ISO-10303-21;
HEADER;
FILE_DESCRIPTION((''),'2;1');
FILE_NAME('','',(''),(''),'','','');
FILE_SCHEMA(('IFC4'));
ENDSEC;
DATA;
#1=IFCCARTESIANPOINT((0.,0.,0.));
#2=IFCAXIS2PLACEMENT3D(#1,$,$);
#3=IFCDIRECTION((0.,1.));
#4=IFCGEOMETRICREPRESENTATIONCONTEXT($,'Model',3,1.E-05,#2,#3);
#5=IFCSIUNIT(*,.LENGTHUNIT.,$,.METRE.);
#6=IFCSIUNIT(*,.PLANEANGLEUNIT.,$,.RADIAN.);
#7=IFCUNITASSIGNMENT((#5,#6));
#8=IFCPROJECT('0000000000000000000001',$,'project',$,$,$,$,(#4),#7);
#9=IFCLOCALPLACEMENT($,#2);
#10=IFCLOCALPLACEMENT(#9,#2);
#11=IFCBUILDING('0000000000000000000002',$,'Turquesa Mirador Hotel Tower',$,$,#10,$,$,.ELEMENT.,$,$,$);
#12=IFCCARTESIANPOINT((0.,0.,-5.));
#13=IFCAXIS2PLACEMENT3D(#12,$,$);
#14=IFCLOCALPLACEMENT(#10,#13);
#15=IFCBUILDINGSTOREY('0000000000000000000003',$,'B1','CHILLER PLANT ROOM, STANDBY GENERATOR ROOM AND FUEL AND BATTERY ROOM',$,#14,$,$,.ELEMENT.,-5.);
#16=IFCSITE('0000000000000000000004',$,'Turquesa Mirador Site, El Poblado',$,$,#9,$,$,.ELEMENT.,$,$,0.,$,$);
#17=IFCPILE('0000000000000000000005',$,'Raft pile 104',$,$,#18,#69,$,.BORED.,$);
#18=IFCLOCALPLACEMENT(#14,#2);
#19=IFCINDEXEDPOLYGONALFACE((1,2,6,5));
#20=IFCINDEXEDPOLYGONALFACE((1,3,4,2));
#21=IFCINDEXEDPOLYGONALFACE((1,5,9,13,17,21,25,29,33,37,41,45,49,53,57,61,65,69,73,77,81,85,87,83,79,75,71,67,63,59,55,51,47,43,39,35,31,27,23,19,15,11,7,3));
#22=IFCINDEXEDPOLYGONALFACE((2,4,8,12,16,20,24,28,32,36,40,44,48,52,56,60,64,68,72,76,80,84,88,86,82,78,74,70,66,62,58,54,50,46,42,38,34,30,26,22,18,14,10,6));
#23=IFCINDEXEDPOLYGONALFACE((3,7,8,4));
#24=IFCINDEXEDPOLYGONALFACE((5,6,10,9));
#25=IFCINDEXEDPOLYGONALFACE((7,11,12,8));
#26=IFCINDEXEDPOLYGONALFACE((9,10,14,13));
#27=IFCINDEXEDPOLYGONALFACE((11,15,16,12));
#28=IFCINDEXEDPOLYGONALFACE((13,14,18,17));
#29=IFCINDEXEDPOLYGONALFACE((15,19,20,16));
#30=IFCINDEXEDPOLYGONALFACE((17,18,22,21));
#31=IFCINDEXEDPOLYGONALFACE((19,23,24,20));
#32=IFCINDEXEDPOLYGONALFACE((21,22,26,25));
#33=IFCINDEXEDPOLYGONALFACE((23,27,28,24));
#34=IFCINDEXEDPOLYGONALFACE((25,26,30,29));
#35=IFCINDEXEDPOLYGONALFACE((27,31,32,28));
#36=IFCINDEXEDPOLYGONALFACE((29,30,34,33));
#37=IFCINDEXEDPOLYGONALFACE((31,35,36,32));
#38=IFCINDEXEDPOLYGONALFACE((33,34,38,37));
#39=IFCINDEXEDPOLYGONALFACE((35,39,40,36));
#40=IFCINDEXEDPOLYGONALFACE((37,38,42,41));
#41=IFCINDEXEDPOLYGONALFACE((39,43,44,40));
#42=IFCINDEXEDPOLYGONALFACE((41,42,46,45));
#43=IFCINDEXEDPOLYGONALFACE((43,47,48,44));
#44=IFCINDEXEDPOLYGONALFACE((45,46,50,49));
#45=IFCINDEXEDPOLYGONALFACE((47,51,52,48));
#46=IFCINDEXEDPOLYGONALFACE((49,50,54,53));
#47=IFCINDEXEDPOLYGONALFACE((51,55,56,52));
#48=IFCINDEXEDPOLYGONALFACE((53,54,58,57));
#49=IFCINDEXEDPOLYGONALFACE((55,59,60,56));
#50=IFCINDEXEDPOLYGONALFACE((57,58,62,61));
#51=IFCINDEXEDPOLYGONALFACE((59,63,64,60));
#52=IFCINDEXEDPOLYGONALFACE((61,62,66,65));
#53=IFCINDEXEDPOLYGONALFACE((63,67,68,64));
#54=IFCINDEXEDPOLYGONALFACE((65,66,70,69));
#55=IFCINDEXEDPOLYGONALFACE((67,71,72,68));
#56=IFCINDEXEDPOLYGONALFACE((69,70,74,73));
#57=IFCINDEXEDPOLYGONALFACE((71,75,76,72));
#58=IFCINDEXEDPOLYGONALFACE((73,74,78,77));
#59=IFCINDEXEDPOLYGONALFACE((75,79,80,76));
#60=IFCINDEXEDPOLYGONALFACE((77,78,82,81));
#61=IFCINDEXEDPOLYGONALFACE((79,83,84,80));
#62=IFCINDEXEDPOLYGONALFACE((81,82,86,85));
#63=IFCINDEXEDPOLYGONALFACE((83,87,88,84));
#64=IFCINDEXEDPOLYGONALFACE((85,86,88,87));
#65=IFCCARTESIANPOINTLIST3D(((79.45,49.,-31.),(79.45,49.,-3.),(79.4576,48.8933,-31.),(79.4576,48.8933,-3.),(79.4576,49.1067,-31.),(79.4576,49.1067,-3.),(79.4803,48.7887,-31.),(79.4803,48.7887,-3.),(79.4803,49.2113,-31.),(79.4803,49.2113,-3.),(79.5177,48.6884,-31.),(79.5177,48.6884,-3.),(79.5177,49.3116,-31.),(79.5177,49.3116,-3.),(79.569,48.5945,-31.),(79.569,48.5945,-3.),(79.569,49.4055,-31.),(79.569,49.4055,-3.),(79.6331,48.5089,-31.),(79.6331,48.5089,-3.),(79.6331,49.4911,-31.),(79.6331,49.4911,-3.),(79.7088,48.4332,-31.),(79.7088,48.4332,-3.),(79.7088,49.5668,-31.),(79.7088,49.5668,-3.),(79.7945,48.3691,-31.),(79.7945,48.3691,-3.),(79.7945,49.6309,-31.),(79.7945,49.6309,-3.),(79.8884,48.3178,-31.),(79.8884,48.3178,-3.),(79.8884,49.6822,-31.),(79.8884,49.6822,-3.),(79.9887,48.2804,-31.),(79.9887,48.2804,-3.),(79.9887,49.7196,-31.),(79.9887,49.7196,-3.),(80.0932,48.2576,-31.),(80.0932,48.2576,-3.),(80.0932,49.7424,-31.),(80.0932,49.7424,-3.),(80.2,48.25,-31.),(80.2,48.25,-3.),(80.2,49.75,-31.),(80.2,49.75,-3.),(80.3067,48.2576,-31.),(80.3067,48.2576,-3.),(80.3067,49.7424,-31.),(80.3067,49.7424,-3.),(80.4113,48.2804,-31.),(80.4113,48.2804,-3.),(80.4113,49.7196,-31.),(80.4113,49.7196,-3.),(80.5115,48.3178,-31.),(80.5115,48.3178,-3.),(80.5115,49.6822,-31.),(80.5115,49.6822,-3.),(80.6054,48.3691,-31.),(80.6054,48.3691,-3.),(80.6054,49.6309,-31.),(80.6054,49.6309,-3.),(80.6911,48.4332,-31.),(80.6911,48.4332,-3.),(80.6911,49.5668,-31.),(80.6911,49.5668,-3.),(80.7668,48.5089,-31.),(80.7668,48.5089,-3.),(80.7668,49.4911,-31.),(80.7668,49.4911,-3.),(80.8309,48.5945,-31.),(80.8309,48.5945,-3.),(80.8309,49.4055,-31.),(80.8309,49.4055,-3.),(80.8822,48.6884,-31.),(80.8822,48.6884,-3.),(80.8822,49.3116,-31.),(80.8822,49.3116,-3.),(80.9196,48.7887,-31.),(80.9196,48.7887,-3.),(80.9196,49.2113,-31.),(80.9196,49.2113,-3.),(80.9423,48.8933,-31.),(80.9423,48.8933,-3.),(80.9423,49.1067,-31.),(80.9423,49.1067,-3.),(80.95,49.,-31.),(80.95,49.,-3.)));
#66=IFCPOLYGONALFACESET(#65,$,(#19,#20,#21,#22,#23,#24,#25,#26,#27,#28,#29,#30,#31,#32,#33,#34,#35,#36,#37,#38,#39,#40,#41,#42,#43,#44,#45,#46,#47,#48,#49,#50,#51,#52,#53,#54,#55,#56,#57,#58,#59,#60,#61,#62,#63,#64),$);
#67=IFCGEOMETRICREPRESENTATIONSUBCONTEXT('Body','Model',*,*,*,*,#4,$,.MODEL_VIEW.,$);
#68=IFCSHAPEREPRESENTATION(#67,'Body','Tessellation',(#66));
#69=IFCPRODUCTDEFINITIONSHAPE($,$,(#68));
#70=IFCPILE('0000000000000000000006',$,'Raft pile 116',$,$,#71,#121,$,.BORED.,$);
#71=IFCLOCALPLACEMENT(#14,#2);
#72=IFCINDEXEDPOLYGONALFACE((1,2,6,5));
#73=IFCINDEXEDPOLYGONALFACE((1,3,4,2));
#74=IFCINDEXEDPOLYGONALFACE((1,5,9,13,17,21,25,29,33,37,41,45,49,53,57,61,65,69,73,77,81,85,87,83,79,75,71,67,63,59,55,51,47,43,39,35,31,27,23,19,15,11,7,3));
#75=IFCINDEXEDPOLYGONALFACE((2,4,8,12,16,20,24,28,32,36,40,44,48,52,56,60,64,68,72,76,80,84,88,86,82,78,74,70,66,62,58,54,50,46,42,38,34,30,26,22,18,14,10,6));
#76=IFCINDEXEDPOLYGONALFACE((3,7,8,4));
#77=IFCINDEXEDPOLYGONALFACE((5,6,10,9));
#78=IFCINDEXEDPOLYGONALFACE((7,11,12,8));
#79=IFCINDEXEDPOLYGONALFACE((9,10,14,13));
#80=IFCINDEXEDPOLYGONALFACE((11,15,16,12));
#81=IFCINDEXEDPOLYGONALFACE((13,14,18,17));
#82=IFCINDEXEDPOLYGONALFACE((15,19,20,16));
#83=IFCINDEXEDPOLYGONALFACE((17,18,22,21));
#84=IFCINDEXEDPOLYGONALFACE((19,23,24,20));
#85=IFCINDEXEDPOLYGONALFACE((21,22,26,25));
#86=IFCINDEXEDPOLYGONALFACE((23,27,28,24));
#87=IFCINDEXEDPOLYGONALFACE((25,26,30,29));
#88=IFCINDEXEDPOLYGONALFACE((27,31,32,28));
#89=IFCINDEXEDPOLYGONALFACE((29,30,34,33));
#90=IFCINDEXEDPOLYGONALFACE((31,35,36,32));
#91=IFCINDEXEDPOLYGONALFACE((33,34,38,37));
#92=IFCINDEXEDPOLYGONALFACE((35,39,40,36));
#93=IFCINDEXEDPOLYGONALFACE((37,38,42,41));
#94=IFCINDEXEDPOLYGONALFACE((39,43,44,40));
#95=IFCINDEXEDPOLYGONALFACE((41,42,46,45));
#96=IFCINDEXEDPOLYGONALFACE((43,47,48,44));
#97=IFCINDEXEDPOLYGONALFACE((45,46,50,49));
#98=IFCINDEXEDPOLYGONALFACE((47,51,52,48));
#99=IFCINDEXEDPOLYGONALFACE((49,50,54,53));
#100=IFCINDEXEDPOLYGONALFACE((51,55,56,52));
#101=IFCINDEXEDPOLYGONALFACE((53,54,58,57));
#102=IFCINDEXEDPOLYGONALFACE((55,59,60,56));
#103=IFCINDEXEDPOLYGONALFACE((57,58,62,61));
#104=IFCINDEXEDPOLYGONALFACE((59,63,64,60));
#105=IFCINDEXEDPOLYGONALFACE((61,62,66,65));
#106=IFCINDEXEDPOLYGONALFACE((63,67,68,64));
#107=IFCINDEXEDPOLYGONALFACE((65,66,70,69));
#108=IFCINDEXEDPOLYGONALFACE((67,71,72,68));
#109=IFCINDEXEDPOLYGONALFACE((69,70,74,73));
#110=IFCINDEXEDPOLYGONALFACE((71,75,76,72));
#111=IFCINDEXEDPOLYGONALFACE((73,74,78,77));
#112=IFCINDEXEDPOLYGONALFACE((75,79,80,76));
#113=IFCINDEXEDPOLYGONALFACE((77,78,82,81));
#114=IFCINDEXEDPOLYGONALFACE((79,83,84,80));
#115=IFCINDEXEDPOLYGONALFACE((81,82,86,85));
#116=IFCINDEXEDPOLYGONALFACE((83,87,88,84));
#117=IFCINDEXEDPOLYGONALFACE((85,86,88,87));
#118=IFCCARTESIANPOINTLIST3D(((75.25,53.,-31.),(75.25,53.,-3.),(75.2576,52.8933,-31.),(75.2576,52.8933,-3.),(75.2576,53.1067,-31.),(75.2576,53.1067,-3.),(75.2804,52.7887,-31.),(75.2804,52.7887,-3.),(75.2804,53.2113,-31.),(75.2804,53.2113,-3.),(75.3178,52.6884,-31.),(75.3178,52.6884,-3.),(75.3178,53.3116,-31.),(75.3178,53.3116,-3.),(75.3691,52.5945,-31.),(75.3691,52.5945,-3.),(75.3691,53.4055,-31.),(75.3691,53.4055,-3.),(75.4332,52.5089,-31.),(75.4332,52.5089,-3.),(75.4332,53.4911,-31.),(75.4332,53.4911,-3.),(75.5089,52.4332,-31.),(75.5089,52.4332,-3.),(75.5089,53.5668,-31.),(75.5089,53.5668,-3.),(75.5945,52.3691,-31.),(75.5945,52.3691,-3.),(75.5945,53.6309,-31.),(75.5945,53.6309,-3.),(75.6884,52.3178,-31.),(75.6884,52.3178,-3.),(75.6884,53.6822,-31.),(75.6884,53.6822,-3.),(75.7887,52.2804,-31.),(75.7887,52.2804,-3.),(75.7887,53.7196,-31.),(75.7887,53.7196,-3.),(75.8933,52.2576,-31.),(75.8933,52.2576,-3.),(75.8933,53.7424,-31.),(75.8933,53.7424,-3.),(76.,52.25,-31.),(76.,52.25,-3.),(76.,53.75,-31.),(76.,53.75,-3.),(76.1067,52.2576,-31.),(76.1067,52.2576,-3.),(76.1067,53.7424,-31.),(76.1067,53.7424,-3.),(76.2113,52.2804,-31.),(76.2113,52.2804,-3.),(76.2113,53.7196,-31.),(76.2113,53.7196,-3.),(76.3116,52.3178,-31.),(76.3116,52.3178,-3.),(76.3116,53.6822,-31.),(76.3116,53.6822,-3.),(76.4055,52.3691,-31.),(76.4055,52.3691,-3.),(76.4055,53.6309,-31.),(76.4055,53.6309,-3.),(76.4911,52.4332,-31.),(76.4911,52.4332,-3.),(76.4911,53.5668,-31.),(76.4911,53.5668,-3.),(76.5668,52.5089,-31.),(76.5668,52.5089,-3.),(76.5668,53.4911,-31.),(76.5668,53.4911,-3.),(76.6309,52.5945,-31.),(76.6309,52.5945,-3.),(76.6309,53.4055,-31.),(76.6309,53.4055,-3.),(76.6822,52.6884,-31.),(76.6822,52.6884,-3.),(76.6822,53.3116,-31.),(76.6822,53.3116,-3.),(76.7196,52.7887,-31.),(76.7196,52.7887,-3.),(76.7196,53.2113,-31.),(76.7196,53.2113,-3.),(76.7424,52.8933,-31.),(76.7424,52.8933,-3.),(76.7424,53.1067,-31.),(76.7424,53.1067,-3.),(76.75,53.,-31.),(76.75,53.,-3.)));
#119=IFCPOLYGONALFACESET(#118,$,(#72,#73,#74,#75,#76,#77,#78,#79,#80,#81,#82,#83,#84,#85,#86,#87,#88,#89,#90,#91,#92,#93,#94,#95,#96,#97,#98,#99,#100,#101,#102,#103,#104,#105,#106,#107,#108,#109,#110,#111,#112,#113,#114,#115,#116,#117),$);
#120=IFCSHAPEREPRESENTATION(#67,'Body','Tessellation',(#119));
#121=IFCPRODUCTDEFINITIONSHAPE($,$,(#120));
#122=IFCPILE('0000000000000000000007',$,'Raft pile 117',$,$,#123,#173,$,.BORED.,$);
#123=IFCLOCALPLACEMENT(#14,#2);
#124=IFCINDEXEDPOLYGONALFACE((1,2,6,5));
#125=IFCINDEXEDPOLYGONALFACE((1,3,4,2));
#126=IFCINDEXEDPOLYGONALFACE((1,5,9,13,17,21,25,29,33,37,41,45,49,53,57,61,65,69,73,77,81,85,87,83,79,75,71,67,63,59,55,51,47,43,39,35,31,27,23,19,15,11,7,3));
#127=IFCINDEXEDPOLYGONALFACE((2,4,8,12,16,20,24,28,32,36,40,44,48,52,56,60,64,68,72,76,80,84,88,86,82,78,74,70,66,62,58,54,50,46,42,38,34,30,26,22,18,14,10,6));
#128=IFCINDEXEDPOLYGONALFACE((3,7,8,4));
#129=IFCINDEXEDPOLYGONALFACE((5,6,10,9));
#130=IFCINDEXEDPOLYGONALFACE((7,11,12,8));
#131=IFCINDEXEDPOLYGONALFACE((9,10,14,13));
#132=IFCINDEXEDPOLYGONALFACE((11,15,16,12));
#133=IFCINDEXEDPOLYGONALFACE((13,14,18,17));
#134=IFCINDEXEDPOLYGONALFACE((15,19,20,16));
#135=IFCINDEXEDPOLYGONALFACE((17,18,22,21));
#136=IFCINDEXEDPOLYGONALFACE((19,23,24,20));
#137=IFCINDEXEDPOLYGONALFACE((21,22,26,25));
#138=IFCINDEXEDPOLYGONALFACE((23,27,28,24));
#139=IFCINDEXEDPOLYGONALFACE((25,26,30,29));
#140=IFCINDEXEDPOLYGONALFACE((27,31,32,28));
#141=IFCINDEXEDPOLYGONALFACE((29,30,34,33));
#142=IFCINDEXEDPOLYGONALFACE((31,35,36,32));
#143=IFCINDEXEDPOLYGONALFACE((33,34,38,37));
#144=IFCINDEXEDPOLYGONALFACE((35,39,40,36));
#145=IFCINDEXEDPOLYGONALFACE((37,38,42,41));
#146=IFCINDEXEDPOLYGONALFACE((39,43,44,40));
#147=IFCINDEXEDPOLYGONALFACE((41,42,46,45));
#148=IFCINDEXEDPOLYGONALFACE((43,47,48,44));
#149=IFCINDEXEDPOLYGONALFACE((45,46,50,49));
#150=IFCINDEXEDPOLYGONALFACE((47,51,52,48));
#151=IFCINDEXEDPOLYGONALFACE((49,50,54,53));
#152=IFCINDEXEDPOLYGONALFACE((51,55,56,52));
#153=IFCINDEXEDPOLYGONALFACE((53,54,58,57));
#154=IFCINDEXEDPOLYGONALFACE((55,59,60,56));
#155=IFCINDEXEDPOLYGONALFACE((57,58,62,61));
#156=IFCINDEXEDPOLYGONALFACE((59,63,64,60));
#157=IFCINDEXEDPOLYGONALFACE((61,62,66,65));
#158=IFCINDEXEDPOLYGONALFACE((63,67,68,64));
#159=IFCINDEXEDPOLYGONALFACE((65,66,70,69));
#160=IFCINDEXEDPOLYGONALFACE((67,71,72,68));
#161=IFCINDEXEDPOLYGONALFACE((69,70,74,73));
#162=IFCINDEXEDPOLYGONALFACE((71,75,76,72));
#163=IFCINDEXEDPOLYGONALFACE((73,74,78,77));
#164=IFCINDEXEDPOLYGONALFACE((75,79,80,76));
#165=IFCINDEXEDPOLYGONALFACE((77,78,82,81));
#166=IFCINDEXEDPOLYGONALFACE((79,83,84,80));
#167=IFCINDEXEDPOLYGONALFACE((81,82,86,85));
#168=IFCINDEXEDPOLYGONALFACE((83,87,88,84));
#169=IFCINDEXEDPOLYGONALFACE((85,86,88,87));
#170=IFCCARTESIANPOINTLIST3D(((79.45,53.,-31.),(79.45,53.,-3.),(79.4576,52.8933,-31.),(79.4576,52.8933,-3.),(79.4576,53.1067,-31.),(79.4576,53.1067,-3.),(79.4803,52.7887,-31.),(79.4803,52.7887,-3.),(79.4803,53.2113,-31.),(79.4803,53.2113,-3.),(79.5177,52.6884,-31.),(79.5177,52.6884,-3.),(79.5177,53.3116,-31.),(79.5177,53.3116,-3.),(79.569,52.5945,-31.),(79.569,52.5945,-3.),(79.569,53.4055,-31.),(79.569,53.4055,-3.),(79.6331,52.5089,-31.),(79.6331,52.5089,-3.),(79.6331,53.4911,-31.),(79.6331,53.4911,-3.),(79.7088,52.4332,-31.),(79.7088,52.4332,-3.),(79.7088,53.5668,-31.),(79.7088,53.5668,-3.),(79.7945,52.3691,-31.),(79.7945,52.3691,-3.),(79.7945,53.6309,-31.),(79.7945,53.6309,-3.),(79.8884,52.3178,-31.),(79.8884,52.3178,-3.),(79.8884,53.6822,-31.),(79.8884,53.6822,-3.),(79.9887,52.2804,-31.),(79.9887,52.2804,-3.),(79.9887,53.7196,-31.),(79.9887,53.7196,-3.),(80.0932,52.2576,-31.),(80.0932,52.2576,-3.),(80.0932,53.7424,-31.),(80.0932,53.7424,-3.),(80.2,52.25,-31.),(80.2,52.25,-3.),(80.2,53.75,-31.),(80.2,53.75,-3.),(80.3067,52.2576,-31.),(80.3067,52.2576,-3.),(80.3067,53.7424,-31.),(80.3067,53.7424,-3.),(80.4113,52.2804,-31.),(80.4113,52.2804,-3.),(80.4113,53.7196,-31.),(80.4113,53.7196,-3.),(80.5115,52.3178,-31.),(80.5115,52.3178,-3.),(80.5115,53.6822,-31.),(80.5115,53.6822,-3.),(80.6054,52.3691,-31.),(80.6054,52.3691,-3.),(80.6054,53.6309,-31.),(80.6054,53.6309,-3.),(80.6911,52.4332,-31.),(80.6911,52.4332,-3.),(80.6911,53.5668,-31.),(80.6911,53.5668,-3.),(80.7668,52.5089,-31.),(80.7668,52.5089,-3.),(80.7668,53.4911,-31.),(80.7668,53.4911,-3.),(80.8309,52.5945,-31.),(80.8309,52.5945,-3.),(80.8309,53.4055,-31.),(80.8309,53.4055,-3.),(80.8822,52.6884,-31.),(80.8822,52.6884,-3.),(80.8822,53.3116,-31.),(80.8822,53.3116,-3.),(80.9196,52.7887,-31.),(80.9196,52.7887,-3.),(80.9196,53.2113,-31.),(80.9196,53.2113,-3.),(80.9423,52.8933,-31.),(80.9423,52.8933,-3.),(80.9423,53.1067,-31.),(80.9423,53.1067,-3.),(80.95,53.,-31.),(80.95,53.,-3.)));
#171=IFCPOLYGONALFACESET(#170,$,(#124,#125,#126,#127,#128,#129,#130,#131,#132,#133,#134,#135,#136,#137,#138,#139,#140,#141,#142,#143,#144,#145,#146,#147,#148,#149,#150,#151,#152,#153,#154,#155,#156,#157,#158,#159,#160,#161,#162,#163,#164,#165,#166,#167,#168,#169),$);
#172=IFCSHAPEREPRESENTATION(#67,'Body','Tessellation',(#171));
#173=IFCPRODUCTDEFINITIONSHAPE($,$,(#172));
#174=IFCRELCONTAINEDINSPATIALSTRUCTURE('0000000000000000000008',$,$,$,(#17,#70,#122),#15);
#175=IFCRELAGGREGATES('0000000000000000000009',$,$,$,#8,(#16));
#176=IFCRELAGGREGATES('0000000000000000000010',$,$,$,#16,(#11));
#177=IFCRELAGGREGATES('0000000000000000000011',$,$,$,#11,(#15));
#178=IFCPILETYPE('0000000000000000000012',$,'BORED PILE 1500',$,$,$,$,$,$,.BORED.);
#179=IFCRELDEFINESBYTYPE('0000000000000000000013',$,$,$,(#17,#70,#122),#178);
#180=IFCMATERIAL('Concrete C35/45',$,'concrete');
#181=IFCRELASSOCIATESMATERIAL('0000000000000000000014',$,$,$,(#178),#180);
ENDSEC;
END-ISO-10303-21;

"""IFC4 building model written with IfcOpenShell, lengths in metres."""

from ifc_helpers import new_model, si_unit, direction, frame, origin, origin_2d, place, context, subcontext, project, spatial, circle, extrude, material, type_object, element, save


model = new_model("IFC4")

# Units and contexts
model_context = context("Model", 3, precision=1e-05, world=origin(), true_north=direction((0.0, 1.0)))
body_context = subcontext(model_context, "Body", "Model", "MODEL_VIEW")
ifc_project = project(units=[si_unit("LENGTHUNIT", "METRE"), si_unit("PLANEANGLEUNIT", "RADIAN")], contexts=[model_context])

# Site, building, storey
site_placement = place(None, origin())
site = spatial("IfcSite", under=ifc_project, at=site_placement, Name="Turquesa Mirador Site, El Poblado", CompositionType="ELEMENT", RefElevation=0.0)
building_placement = place(site_placement, origin())
building = spatial("IfcBuilding", under=site, at=building_placement, Name="Turquesa Mirador Hotel Tower", CompositionType="ELEMENT")
storey_placement = place(building_placement, frame((0.0, 0.0, -5.0)))
storey = spatial("IfcBuildingStorey", under=building, at=storey_placement, Name="B1", Description="CHILLER PLANT ROOM, STANDBY GENERATOR ROOM AND FUEL AND BATTERY ROOM", CompositionType="ELEMENT", Elevation=-5.0)

# Piles
ifc_material_1 = material(Name="Concrete C35/45", Category="concrete")
pile_type_1 = type_object("IfcPileType", Name="BORED PILE 1500", PredefinedType="BORED", material=ifc_material_1)
for number, where, z_axis, x_axis, name in (
    (1, (80.2, 49.0, -3.0), (0.0, 0.0, -1.0), (1.0, 0.0, 0.0), "Raft pile 104"),
    (2, (76.0, 53.0, -3.0), (0.0, 0.0, -1.0), (1.0, 0.0, 0.0), "Raft pile 116"),
    (3, (80.2, 53.0, -3.0), (0.0, 0.0, -1.0), (1.0, 0.0, 0.0), "Raft pile 117"),
):
    element("IfcPile", number, at=place(storey_placement, frame(where, z_axis=z_axis, x_axis=x_axis)), inside=storey, type_object=pile_type_1, Name=name, PredefinedType="BORED", context=body_context, shape_type="SweptSolid", body=[
        extrude(circle(Radius=0.75, at=origin_2d()), origin(), (0.0, 0.0, 1.0), 28.0),
    ])

save(model, "model.ifc")
